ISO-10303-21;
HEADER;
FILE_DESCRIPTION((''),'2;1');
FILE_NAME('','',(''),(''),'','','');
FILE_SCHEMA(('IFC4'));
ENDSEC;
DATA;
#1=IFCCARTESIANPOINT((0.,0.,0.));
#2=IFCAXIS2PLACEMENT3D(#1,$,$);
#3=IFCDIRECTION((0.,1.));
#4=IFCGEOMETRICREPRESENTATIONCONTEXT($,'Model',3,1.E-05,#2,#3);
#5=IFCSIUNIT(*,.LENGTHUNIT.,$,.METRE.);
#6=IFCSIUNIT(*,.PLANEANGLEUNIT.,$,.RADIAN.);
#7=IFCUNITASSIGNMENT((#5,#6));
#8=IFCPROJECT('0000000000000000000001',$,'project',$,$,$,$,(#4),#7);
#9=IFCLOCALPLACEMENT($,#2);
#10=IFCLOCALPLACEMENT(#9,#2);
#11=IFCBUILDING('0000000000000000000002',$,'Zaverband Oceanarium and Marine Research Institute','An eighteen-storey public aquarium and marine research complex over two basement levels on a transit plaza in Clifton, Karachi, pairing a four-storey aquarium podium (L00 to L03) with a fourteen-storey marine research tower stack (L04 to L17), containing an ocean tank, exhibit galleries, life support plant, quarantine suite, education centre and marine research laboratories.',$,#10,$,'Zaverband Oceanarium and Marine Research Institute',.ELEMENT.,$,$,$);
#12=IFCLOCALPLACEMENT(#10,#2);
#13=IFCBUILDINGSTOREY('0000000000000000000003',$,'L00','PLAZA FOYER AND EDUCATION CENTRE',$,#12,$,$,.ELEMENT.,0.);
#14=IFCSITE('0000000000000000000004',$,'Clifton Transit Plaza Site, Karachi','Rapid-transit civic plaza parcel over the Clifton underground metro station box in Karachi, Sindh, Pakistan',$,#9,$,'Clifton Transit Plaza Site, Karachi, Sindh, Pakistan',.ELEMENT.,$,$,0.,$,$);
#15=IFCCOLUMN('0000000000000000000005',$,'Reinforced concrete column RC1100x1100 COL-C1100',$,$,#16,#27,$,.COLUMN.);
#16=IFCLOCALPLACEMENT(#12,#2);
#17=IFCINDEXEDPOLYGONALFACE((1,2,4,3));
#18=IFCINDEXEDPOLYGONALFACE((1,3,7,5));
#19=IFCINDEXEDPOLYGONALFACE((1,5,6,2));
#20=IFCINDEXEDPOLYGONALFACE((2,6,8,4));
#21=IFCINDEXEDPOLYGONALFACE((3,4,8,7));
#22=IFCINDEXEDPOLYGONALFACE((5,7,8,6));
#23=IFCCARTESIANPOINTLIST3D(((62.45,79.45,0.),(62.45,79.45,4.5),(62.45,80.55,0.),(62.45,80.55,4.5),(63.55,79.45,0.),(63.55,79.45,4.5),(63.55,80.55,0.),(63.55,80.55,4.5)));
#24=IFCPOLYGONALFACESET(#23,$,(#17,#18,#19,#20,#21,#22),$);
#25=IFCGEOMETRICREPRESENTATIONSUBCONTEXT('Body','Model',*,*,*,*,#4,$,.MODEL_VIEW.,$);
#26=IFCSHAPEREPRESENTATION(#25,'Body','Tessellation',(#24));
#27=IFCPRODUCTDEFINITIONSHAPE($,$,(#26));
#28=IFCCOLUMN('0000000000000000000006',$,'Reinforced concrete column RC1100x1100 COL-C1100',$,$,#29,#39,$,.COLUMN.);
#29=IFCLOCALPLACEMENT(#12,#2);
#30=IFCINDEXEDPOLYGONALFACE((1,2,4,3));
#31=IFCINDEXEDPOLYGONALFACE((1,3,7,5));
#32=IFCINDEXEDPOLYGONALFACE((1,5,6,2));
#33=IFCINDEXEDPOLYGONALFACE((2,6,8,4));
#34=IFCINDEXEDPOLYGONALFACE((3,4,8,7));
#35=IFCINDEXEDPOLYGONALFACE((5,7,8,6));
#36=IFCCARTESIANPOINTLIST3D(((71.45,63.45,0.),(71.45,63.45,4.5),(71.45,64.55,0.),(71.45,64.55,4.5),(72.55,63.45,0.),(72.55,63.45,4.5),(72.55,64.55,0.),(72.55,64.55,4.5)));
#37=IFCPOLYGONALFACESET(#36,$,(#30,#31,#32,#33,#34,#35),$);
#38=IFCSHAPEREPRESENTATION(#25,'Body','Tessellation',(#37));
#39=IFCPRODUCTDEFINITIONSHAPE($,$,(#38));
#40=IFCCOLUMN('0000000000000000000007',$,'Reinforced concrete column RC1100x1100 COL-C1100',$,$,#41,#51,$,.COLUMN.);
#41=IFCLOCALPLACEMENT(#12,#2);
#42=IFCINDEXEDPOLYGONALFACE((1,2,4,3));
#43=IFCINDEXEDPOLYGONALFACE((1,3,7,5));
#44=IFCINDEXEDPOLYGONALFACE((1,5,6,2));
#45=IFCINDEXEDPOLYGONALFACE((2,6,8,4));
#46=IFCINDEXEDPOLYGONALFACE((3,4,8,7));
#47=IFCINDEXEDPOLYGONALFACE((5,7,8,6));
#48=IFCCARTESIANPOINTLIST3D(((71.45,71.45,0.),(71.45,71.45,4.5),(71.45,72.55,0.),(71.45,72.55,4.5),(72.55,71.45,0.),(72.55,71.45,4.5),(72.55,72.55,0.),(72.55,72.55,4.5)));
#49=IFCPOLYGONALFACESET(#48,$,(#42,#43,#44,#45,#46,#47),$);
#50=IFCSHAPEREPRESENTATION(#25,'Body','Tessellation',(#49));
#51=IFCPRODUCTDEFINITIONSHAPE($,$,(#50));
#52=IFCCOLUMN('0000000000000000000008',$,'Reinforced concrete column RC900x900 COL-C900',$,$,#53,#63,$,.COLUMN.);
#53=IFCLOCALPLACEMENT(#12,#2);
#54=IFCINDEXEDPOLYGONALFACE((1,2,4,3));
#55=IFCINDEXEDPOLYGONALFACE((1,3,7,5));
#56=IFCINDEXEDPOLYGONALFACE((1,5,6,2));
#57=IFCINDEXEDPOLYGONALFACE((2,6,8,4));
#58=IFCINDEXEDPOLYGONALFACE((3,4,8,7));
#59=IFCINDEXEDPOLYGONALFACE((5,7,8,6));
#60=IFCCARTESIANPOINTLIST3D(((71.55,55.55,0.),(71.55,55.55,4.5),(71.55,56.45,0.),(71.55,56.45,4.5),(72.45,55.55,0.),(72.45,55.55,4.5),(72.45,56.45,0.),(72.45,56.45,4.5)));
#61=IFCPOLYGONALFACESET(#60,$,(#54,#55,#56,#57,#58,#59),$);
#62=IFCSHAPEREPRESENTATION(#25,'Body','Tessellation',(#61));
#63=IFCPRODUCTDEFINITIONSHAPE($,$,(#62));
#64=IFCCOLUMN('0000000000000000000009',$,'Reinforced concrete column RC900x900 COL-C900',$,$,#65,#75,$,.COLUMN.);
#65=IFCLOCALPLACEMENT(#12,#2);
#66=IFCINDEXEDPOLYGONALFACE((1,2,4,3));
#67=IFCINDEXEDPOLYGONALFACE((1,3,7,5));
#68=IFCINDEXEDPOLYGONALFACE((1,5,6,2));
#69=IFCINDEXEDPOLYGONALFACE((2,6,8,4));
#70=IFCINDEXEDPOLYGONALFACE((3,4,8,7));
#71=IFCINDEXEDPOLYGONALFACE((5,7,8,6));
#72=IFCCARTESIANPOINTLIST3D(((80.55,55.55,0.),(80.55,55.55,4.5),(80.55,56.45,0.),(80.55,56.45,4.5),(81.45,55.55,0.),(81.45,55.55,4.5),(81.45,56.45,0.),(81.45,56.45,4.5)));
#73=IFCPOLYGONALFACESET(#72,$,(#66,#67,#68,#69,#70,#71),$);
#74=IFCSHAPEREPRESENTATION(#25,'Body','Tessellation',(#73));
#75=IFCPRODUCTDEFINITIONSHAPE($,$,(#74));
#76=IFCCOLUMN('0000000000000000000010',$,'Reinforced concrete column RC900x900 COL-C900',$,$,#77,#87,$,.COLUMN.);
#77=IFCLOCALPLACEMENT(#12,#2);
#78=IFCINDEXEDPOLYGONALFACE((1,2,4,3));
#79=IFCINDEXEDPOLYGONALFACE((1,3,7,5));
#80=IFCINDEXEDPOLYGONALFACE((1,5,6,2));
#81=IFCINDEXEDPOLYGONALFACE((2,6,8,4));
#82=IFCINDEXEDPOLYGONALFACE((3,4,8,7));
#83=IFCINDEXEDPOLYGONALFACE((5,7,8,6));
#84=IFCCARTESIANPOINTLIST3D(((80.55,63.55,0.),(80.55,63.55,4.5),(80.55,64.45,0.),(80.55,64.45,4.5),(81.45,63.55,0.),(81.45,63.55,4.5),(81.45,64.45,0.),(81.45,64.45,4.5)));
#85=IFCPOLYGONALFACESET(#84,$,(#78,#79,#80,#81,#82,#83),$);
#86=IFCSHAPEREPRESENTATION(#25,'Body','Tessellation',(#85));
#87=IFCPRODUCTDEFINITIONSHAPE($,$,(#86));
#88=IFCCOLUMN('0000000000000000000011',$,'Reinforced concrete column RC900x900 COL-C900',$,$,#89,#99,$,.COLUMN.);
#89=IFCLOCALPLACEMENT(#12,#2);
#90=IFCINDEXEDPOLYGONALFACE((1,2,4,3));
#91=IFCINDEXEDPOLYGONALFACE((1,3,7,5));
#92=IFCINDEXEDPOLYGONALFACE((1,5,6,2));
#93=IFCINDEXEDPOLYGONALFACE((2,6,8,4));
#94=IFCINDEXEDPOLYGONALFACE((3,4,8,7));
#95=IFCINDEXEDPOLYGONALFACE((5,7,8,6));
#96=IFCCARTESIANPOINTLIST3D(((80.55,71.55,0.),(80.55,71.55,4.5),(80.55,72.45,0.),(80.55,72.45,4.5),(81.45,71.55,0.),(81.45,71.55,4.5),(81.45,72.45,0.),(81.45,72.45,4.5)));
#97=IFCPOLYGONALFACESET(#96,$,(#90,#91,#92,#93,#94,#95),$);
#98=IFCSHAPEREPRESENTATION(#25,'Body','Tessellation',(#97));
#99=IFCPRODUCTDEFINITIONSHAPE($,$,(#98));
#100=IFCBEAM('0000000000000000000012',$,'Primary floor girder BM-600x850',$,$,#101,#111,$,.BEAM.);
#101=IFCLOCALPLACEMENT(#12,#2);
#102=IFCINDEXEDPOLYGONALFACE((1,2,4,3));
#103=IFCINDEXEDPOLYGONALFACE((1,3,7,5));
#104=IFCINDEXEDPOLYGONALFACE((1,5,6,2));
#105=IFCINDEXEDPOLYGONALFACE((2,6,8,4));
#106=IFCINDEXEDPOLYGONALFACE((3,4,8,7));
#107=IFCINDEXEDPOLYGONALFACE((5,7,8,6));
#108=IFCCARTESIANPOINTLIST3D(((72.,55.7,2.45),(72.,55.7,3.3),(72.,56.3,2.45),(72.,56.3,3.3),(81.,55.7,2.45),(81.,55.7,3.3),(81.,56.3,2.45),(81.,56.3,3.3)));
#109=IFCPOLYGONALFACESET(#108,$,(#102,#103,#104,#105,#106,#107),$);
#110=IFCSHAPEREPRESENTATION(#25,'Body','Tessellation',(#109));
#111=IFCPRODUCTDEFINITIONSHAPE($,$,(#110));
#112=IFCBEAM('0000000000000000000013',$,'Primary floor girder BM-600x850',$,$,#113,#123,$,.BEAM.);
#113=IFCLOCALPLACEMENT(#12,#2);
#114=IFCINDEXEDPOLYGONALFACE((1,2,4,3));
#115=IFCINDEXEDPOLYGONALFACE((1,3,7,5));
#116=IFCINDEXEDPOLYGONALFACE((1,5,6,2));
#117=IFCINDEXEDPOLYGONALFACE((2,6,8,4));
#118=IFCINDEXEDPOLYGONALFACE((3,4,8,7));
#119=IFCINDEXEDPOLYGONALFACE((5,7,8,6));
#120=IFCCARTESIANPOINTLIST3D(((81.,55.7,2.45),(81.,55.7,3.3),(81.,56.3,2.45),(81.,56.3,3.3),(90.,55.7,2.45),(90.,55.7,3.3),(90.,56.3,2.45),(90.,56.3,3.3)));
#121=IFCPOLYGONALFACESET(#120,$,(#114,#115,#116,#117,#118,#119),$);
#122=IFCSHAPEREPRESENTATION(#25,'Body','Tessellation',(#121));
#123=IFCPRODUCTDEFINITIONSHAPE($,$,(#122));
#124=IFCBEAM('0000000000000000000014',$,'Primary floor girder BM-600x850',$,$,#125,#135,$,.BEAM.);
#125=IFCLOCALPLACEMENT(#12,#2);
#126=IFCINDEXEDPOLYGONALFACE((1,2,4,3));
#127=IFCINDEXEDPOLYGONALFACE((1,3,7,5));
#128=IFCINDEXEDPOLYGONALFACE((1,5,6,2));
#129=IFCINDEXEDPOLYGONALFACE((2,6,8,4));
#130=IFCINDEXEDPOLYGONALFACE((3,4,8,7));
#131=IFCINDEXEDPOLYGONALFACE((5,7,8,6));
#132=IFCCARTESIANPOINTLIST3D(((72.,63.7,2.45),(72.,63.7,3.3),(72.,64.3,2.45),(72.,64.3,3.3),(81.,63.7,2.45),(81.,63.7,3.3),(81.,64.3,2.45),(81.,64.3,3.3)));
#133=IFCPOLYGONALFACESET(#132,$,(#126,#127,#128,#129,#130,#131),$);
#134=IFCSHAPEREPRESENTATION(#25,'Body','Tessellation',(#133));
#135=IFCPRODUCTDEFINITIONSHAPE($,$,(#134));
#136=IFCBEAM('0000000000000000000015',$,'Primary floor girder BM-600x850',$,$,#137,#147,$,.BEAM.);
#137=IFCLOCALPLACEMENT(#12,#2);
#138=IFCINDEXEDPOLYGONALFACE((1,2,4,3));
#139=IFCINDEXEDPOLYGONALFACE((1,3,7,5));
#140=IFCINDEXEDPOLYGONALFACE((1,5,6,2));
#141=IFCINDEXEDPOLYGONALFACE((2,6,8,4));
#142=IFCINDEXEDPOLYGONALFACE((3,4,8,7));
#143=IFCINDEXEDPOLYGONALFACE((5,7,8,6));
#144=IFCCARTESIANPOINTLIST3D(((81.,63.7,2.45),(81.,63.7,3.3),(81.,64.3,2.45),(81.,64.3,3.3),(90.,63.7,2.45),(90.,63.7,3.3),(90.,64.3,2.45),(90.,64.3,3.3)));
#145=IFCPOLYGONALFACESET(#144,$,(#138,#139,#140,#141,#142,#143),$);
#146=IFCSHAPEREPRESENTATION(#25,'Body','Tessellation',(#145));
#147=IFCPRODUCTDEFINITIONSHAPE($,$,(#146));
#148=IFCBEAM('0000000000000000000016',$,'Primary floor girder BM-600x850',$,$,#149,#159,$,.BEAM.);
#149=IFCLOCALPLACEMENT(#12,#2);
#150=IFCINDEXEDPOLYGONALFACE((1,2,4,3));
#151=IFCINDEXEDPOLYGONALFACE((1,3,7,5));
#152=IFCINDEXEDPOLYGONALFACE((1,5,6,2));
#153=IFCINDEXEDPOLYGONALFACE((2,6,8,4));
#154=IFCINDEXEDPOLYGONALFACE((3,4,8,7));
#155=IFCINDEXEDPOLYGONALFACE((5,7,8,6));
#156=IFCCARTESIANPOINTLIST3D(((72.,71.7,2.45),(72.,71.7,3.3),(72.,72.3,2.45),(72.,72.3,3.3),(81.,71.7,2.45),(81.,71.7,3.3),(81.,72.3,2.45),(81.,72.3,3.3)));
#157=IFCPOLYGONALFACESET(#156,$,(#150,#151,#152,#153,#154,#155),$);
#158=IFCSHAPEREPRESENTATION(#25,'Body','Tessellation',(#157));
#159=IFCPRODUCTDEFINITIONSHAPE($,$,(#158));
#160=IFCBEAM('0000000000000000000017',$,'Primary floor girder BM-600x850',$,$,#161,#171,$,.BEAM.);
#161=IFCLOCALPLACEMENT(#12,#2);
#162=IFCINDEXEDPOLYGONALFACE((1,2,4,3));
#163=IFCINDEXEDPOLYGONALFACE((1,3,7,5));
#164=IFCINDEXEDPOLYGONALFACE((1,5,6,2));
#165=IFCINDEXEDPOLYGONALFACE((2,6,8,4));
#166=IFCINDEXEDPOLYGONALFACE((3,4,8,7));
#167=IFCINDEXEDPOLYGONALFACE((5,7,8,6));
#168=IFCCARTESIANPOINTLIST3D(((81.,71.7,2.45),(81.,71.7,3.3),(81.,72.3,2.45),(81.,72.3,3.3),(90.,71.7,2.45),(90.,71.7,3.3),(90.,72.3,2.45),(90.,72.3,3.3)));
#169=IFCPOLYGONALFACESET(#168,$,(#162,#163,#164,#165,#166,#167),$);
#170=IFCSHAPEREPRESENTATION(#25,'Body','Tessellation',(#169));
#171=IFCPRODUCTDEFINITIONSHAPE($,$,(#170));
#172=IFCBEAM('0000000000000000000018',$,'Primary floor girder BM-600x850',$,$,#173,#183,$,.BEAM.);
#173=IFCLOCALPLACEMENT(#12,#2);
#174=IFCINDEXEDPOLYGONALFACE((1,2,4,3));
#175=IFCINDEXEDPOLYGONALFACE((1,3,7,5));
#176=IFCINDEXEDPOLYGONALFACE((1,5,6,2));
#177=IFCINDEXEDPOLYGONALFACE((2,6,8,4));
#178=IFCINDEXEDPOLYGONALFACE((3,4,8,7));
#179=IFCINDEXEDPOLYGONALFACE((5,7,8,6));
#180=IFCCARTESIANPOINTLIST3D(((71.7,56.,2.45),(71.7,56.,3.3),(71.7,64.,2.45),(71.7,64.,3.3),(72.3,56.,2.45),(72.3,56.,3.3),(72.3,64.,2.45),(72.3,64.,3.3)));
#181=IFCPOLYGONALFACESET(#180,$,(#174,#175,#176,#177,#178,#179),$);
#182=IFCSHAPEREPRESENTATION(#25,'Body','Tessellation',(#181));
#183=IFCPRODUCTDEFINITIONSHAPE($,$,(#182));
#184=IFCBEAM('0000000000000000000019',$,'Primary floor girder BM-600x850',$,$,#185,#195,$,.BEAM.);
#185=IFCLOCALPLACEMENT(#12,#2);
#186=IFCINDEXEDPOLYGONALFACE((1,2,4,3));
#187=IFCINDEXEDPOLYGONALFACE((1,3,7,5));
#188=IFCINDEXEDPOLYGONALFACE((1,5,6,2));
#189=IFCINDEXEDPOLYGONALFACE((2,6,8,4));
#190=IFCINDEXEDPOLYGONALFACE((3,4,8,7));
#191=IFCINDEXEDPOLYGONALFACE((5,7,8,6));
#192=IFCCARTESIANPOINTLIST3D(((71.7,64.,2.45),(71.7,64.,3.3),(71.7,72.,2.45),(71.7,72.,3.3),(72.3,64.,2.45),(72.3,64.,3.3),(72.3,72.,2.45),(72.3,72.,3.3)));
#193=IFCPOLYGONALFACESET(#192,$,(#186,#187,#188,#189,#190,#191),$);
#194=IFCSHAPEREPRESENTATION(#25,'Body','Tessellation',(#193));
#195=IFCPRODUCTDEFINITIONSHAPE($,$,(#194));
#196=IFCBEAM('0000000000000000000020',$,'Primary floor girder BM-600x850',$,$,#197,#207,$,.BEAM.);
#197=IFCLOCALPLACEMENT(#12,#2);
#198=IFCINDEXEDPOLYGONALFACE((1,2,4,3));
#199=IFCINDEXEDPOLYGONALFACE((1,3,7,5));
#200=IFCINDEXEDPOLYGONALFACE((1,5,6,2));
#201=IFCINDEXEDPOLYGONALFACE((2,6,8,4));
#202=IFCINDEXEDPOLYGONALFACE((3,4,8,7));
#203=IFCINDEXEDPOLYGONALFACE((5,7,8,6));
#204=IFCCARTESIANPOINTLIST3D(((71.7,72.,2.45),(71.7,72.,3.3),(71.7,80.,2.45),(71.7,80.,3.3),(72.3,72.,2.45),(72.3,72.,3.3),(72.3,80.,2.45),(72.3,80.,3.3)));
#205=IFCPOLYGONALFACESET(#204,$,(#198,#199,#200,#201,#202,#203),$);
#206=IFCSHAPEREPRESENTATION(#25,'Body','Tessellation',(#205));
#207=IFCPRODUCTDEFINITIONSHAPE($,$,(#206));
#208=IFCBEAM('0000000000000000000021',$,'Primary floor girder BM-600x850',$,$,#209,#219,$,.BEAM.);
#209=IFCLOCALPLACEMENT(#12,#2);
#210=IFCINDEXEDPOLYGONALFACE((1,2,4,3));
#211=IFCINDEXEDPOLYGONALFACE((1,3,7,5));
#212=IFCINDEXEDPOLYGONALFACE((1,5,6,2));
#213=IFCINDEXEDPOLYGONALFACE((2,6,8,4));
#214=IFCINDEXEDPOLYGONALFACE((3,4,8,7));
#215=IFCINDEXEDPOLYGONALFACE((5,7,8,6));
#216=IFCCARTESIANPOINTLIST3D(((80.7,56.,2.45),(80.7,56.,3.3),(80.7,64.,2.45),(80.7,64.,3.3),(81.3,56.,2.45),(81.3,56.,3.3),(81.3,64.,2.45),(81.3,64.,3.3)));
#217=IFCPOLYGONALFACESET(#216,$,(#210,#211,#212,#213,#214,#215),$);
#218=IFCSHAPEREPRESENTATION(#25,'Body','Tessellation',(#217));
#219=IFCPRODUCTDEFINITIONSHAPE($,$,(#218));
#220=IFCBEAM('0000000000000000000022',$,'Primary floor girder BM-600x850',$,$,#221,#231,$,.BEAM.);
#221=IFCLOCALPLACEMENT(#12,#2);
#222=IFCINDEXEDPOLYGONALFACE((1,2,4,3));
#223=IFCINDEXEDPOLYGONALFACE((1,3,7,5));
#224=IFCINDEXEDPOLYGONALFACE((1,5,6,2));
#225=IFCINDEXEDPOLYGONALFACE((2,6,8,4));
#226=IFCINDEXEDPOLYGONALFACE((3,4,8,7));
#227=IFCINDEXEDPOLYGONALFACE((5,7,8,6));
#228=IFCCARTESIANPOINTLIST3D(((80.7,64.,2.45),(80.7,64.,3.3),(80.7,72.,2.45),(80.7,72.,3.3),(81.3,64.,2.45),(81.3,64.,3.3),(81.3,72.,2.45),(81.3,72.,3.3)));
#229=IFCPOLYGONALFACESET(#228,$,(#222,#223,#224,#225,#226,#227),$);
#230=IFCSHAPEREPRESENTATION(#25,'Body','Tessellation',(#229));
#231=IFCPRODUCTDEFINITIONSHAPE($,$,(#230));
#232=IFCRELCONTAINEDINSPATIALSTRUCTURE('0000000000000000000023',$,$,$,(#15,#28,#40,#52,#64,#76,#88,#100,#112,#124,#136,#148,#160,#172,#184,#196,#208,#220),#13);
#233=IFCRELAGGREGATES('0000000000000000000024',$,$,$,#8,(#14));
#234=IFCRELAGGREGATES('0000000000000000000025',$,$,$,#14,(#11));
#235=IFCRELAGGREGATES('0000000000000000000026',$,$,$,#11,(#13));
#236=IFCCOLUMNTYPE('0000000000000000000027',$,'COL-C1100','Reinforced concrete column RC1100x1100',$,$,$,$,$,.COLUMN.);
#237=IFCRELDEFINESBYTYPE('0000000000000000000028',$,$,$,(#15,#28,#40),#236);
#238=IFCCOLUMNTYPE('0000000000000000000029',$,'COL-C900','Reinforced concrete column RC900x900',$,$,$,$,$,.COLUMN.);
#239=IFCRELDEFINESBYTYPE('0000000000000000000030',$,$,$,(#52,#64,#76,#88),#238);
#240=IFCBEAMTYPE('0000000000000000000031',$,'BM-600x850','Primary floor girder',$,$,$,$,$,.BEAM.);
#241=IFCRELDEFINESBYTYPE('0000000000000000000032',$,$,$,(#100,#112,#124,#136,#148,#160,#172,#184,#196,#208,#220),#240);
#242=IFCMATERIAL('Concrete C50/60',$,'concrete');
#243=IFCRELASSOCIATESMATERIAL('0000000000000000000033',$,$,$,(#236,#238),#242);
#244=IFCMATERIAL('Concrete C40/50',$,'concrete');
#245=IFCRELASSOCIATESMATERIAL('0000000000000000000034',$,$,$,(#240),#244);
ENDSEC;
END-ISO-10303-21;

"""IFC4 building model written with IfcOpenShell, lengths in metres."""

from ifc_helpers import new_model, si_unit, direction, frame, origin, origin_2d, place, context, subcontext, project, spatial, rectangle, extrude, material, material_profile, profile_set, type_object, element, save


model = new_model("IFC4")

# Units and contexts
model_context = context("Model", 3, precision=1e-05, world=origin(), true_north=direction((0.0, 1.0)))
body_context = subcontext(model_context, "Body", "Model", "MODEL_VIEW")
ifc_project = project(units=[si_unit("LENGTHUNIT", "METRE"), si_unit("PLANEANGLEUNIT", "RADIAN")], contexts=[model_context])

# Site, building, storey
site_placement = place(None, origin())
site = spatial("IfcSite", under=ifc_project, at=site_placement, Name="Clifton Transit Plaza Site, Karachi", Description="Rapid-transit civic plaza parcel over the Clifton underground metro station box in Karachi, Sindh, Pakistan", LongName="Clifton Transit Plaza Site, Karachi, Sindh, Pakistan", CompositionType="ELEMENT", RefElevation=0.0)
building_placement = place(site_placement, origin())
building = spatial("IfcBuilding", under=site, at=building_placement, Name="Zaverband Oceanarium and Marine Research Institute", Description="An eighteen-storey public aquarium and marine research complex over two basement levels on a transit plaza in Clifton, Karachi, pairing a four-storey aquarium podium (L00 to L03) with a fourteen-storey marine research tower stack (L04 to L17), containing an ocean tank, exhibit galleries, life support plant, quarantine suite, education centre and marine research laboratories.", LongName="Zaverband Oceanarium and Marine Research Institute", CompositionType="ELEMENT")
storey_placement = place(building_placement, origin())
storey = spatial("IfcBuildingStorey", under=building, at=storey_placement, Name="L00", Description="PLAZA FOYER AND EDUCATION CENTRE", CompositionType="ELEMENT", Elevation=0.0)

# Columns
ifc_material_1 = material(Name="Concrete C50/60", Category="concrete")
ifc_material_profile_1 = material_profile(ifc_material_1, rectangle(XDim=1.1001, YDim=1.1001, at=origin_2d()), Name="RC1100x1100")
ifc_profile_set_1 = profile_set([ifc_material_profile_1], Name="Concrete C50/60")
column_type_1 = type_object("IfcColumnType", Name="COL-C1100", Description="Reinforced concrete column RC1100x1100", PredefinedType="COLUMN", material=ifc_profile_set_1)
for number, where, z_axis, x_axis, name in (
    (1, (63.0, 80.0, 0.0), (0.0, 0.0, 1.0), (1.0, 0.0, 0.0), "Reinforced concrete column RC1100x1100 COL-C1100"),
    (2, (72.0, 64.0, 0.0), (0.0, 0.0, 1.0), (1.0, 0.0, 0.0), "Reinforced concrete column RC1100x1100 COL-C1100"),
    (3, (72.0, 72.0, 0.0), (0.0, 0.0, 1.0), (1.0, 0.0, 0.0), "Reinforced concrete column RC1100x1100 COL-C1100"),
):
    element("IfcColumn", number, at=place(storey_placement, frame(where, z_axis=z_axis, x_axis=x_axis)), inside=storey, type_object=column_type_1, Name=name, PredefinedType="COLUMN", context=body_context, shape_type="SweptSolid", body=[
        extrude(rectangle(XDim=1.1001, YDim=1.1001, at=origin_2d()), origin(), (0.0, 0.0, 1.0), 4.5),
    ])
ifc_material_profile_2 = material_profile(ifc_material_1, rectangle(XDim=0.8999, YDim=0.8999, at=origin_2d()), Name="RC900x900")
ifc_profile_set_2 = profile_set([ifc_material_profile_2], Name="Concrete C50/60")
column_type_2 = type_object("IfcColumnType", Name="COL-C900", Description="Reinforced concrete column RC900x900", PredefinedType="COLUMN", material=ifc_profile_set_2)
for number, where, z_axis, x_axis, name in (
    (4, (72.0, 56.0, 0.0), (0.0, 0.0, 1.0), (1.0, 0.0, 0.0), "Reinforced concrete column RC900x900 COL-C900"),
    (5, (81.0, 56.0, 0.0), (0.0, 0.0, 1.0), (1.0, 0.0, 0.0), "Reinforced concrete column RC900x900 COL-C900"),
    (6, (81.0, 64.0, 0.0), (0.0, 0.0, 1.0), (1.0, 0.0, 0.0), "Reinforced concrete column RC900x900 COL-C900"),
    (7, (81.0, 72.0, 0.0), (0.0, 0.0, 1.0), (1.0, 0.0, 0.0), "Reinforced concrete column RC900x900 COL-C900"),
):
    element("IfcColumn", number, at=place(storey_placement, frame(where, z_axis=z_axis, x_axis=x_axis)), inside=storey, type_object=column_type_2, Name=name, PredefinedType="COLUMN", context=body_context, shape_type="SweptSolid", body=[
        extrude(rectangle(XDim=0.8999, YDim=0.8999, at=origin_2d()), origin(), (0.0, 0.0, 1.0), 4.5),
    ])

# Beams
ifc_material_2 = material(Name="Concrete C40/50", Category="concrete")
ifc_material_profile_3 = material_profile(ifc_material_2, rectangle(XDim=0.6001, YDim=0.8501, at=origin_2d()), Name="RC600x850")
ifc_profile_set_3 = profile_set([ifc_material_profile_3], Name="Concrete C40/50")
beam_type_1 = type_object("IfcBeamType", Name="BM-600x850", Description="Primary floor girder", PredefinedType="BEAM", material=ifc_profile_set_3)
for number, where, z_axis, x_axis, name in (
    (8, (72.0, 56.0, 2.875), (1.0, 0.0, 0.0), (0.0, 1.0, 0.0), "Primary floor girder BM-600x850"),
    (9, (81.0, 56.0, 2.875), (1.0, 0.0, 0.0), (0.0, 1.0, 0.0), "Primary floor girder BM-600x850"),
    (10, (72.0, 64.0, 2.875), (1.0, 0.0, 0.0), (0.0, 1.0, 0.0), "Primary floor girder BM-600x850"),
    (11, (81.0, 64.0, 2.875), (1.0, 0.0, 0.0), (0.0, 1.0, 0.0), "Primary floor girder BM-600x850"),
    (12, (72.0, 72.0, 2.875), (1.0, 0.0, 0.0), (0.0, 1.0, 0.0), "Primary floor girder BM-600x850"),
    (13, (81.0, 72.0, 2.875), (1.0, 0.0, 0.0), (0.0, 1.0, 0.0), "Primary floor girder BM-600x850"),
):
    element("IfcBeam", number, at=place(storey_placement, frame(where, z_axis=z_axis, x_axis=x_axis)), inside=storey, type_object=beam_type_1, Name=name, PredefinedType="BEAM", context=body_context, shape_type="SweptSolid", body=[
        extrude(rectangle(XDim=0.6001, YDim=0.8501, at=origin_2d()), origin(), (0.0, 0.0, 1.0), 9.0),
    ])
for number, where, z_axis, x_axis, name in (
    (14, (72.0, 56.0, 2.875), (0.0, 1.0, 0.0), (-1.0, 0.0, 0.0), "Primary floor girder BM-600x850"),
    (15, (72.0, 64.0, 2.875), (0.0, 1.0, 0.0), (-1.0, 0.0, 0.0), "Primary floor girder BM-600x850"),
    (16, (72.0, 72.0, 2.875), (0.0, 1.0, 0.0), (-1.0, 0.0, 0.0), "Primary floor girder BM-600x850"),
    (17, (81.0, 56.0, 2.875), (0.0, 1.0, 0.0), (-1.0, 0.0, 0.0), "Primary floor girder BM-600x850"),
    (18, (81.0, 64.0, 2.875), (0.0, 1.0, 0.0), (-1.0, 0.0, 0.0), "Primary floor girder BM-600x850"),
):
    element("IfcBeam", number, at=place(storey_placement, frame(where, z_axis=z_axis, x_axis=x_axis)), inside=storey, type_object=beam_type_1, Name=name, PredefinedType="BEAM", context=body_context, shape_type="SweptSolid", body=[
        extrude(rectangle(XDim=0.6001, YDim=0.8501, at=origin_2d()), origin(), (0.0, 0.0, 1.0), 8.0),
    ])

save(model, "model.ifc")
